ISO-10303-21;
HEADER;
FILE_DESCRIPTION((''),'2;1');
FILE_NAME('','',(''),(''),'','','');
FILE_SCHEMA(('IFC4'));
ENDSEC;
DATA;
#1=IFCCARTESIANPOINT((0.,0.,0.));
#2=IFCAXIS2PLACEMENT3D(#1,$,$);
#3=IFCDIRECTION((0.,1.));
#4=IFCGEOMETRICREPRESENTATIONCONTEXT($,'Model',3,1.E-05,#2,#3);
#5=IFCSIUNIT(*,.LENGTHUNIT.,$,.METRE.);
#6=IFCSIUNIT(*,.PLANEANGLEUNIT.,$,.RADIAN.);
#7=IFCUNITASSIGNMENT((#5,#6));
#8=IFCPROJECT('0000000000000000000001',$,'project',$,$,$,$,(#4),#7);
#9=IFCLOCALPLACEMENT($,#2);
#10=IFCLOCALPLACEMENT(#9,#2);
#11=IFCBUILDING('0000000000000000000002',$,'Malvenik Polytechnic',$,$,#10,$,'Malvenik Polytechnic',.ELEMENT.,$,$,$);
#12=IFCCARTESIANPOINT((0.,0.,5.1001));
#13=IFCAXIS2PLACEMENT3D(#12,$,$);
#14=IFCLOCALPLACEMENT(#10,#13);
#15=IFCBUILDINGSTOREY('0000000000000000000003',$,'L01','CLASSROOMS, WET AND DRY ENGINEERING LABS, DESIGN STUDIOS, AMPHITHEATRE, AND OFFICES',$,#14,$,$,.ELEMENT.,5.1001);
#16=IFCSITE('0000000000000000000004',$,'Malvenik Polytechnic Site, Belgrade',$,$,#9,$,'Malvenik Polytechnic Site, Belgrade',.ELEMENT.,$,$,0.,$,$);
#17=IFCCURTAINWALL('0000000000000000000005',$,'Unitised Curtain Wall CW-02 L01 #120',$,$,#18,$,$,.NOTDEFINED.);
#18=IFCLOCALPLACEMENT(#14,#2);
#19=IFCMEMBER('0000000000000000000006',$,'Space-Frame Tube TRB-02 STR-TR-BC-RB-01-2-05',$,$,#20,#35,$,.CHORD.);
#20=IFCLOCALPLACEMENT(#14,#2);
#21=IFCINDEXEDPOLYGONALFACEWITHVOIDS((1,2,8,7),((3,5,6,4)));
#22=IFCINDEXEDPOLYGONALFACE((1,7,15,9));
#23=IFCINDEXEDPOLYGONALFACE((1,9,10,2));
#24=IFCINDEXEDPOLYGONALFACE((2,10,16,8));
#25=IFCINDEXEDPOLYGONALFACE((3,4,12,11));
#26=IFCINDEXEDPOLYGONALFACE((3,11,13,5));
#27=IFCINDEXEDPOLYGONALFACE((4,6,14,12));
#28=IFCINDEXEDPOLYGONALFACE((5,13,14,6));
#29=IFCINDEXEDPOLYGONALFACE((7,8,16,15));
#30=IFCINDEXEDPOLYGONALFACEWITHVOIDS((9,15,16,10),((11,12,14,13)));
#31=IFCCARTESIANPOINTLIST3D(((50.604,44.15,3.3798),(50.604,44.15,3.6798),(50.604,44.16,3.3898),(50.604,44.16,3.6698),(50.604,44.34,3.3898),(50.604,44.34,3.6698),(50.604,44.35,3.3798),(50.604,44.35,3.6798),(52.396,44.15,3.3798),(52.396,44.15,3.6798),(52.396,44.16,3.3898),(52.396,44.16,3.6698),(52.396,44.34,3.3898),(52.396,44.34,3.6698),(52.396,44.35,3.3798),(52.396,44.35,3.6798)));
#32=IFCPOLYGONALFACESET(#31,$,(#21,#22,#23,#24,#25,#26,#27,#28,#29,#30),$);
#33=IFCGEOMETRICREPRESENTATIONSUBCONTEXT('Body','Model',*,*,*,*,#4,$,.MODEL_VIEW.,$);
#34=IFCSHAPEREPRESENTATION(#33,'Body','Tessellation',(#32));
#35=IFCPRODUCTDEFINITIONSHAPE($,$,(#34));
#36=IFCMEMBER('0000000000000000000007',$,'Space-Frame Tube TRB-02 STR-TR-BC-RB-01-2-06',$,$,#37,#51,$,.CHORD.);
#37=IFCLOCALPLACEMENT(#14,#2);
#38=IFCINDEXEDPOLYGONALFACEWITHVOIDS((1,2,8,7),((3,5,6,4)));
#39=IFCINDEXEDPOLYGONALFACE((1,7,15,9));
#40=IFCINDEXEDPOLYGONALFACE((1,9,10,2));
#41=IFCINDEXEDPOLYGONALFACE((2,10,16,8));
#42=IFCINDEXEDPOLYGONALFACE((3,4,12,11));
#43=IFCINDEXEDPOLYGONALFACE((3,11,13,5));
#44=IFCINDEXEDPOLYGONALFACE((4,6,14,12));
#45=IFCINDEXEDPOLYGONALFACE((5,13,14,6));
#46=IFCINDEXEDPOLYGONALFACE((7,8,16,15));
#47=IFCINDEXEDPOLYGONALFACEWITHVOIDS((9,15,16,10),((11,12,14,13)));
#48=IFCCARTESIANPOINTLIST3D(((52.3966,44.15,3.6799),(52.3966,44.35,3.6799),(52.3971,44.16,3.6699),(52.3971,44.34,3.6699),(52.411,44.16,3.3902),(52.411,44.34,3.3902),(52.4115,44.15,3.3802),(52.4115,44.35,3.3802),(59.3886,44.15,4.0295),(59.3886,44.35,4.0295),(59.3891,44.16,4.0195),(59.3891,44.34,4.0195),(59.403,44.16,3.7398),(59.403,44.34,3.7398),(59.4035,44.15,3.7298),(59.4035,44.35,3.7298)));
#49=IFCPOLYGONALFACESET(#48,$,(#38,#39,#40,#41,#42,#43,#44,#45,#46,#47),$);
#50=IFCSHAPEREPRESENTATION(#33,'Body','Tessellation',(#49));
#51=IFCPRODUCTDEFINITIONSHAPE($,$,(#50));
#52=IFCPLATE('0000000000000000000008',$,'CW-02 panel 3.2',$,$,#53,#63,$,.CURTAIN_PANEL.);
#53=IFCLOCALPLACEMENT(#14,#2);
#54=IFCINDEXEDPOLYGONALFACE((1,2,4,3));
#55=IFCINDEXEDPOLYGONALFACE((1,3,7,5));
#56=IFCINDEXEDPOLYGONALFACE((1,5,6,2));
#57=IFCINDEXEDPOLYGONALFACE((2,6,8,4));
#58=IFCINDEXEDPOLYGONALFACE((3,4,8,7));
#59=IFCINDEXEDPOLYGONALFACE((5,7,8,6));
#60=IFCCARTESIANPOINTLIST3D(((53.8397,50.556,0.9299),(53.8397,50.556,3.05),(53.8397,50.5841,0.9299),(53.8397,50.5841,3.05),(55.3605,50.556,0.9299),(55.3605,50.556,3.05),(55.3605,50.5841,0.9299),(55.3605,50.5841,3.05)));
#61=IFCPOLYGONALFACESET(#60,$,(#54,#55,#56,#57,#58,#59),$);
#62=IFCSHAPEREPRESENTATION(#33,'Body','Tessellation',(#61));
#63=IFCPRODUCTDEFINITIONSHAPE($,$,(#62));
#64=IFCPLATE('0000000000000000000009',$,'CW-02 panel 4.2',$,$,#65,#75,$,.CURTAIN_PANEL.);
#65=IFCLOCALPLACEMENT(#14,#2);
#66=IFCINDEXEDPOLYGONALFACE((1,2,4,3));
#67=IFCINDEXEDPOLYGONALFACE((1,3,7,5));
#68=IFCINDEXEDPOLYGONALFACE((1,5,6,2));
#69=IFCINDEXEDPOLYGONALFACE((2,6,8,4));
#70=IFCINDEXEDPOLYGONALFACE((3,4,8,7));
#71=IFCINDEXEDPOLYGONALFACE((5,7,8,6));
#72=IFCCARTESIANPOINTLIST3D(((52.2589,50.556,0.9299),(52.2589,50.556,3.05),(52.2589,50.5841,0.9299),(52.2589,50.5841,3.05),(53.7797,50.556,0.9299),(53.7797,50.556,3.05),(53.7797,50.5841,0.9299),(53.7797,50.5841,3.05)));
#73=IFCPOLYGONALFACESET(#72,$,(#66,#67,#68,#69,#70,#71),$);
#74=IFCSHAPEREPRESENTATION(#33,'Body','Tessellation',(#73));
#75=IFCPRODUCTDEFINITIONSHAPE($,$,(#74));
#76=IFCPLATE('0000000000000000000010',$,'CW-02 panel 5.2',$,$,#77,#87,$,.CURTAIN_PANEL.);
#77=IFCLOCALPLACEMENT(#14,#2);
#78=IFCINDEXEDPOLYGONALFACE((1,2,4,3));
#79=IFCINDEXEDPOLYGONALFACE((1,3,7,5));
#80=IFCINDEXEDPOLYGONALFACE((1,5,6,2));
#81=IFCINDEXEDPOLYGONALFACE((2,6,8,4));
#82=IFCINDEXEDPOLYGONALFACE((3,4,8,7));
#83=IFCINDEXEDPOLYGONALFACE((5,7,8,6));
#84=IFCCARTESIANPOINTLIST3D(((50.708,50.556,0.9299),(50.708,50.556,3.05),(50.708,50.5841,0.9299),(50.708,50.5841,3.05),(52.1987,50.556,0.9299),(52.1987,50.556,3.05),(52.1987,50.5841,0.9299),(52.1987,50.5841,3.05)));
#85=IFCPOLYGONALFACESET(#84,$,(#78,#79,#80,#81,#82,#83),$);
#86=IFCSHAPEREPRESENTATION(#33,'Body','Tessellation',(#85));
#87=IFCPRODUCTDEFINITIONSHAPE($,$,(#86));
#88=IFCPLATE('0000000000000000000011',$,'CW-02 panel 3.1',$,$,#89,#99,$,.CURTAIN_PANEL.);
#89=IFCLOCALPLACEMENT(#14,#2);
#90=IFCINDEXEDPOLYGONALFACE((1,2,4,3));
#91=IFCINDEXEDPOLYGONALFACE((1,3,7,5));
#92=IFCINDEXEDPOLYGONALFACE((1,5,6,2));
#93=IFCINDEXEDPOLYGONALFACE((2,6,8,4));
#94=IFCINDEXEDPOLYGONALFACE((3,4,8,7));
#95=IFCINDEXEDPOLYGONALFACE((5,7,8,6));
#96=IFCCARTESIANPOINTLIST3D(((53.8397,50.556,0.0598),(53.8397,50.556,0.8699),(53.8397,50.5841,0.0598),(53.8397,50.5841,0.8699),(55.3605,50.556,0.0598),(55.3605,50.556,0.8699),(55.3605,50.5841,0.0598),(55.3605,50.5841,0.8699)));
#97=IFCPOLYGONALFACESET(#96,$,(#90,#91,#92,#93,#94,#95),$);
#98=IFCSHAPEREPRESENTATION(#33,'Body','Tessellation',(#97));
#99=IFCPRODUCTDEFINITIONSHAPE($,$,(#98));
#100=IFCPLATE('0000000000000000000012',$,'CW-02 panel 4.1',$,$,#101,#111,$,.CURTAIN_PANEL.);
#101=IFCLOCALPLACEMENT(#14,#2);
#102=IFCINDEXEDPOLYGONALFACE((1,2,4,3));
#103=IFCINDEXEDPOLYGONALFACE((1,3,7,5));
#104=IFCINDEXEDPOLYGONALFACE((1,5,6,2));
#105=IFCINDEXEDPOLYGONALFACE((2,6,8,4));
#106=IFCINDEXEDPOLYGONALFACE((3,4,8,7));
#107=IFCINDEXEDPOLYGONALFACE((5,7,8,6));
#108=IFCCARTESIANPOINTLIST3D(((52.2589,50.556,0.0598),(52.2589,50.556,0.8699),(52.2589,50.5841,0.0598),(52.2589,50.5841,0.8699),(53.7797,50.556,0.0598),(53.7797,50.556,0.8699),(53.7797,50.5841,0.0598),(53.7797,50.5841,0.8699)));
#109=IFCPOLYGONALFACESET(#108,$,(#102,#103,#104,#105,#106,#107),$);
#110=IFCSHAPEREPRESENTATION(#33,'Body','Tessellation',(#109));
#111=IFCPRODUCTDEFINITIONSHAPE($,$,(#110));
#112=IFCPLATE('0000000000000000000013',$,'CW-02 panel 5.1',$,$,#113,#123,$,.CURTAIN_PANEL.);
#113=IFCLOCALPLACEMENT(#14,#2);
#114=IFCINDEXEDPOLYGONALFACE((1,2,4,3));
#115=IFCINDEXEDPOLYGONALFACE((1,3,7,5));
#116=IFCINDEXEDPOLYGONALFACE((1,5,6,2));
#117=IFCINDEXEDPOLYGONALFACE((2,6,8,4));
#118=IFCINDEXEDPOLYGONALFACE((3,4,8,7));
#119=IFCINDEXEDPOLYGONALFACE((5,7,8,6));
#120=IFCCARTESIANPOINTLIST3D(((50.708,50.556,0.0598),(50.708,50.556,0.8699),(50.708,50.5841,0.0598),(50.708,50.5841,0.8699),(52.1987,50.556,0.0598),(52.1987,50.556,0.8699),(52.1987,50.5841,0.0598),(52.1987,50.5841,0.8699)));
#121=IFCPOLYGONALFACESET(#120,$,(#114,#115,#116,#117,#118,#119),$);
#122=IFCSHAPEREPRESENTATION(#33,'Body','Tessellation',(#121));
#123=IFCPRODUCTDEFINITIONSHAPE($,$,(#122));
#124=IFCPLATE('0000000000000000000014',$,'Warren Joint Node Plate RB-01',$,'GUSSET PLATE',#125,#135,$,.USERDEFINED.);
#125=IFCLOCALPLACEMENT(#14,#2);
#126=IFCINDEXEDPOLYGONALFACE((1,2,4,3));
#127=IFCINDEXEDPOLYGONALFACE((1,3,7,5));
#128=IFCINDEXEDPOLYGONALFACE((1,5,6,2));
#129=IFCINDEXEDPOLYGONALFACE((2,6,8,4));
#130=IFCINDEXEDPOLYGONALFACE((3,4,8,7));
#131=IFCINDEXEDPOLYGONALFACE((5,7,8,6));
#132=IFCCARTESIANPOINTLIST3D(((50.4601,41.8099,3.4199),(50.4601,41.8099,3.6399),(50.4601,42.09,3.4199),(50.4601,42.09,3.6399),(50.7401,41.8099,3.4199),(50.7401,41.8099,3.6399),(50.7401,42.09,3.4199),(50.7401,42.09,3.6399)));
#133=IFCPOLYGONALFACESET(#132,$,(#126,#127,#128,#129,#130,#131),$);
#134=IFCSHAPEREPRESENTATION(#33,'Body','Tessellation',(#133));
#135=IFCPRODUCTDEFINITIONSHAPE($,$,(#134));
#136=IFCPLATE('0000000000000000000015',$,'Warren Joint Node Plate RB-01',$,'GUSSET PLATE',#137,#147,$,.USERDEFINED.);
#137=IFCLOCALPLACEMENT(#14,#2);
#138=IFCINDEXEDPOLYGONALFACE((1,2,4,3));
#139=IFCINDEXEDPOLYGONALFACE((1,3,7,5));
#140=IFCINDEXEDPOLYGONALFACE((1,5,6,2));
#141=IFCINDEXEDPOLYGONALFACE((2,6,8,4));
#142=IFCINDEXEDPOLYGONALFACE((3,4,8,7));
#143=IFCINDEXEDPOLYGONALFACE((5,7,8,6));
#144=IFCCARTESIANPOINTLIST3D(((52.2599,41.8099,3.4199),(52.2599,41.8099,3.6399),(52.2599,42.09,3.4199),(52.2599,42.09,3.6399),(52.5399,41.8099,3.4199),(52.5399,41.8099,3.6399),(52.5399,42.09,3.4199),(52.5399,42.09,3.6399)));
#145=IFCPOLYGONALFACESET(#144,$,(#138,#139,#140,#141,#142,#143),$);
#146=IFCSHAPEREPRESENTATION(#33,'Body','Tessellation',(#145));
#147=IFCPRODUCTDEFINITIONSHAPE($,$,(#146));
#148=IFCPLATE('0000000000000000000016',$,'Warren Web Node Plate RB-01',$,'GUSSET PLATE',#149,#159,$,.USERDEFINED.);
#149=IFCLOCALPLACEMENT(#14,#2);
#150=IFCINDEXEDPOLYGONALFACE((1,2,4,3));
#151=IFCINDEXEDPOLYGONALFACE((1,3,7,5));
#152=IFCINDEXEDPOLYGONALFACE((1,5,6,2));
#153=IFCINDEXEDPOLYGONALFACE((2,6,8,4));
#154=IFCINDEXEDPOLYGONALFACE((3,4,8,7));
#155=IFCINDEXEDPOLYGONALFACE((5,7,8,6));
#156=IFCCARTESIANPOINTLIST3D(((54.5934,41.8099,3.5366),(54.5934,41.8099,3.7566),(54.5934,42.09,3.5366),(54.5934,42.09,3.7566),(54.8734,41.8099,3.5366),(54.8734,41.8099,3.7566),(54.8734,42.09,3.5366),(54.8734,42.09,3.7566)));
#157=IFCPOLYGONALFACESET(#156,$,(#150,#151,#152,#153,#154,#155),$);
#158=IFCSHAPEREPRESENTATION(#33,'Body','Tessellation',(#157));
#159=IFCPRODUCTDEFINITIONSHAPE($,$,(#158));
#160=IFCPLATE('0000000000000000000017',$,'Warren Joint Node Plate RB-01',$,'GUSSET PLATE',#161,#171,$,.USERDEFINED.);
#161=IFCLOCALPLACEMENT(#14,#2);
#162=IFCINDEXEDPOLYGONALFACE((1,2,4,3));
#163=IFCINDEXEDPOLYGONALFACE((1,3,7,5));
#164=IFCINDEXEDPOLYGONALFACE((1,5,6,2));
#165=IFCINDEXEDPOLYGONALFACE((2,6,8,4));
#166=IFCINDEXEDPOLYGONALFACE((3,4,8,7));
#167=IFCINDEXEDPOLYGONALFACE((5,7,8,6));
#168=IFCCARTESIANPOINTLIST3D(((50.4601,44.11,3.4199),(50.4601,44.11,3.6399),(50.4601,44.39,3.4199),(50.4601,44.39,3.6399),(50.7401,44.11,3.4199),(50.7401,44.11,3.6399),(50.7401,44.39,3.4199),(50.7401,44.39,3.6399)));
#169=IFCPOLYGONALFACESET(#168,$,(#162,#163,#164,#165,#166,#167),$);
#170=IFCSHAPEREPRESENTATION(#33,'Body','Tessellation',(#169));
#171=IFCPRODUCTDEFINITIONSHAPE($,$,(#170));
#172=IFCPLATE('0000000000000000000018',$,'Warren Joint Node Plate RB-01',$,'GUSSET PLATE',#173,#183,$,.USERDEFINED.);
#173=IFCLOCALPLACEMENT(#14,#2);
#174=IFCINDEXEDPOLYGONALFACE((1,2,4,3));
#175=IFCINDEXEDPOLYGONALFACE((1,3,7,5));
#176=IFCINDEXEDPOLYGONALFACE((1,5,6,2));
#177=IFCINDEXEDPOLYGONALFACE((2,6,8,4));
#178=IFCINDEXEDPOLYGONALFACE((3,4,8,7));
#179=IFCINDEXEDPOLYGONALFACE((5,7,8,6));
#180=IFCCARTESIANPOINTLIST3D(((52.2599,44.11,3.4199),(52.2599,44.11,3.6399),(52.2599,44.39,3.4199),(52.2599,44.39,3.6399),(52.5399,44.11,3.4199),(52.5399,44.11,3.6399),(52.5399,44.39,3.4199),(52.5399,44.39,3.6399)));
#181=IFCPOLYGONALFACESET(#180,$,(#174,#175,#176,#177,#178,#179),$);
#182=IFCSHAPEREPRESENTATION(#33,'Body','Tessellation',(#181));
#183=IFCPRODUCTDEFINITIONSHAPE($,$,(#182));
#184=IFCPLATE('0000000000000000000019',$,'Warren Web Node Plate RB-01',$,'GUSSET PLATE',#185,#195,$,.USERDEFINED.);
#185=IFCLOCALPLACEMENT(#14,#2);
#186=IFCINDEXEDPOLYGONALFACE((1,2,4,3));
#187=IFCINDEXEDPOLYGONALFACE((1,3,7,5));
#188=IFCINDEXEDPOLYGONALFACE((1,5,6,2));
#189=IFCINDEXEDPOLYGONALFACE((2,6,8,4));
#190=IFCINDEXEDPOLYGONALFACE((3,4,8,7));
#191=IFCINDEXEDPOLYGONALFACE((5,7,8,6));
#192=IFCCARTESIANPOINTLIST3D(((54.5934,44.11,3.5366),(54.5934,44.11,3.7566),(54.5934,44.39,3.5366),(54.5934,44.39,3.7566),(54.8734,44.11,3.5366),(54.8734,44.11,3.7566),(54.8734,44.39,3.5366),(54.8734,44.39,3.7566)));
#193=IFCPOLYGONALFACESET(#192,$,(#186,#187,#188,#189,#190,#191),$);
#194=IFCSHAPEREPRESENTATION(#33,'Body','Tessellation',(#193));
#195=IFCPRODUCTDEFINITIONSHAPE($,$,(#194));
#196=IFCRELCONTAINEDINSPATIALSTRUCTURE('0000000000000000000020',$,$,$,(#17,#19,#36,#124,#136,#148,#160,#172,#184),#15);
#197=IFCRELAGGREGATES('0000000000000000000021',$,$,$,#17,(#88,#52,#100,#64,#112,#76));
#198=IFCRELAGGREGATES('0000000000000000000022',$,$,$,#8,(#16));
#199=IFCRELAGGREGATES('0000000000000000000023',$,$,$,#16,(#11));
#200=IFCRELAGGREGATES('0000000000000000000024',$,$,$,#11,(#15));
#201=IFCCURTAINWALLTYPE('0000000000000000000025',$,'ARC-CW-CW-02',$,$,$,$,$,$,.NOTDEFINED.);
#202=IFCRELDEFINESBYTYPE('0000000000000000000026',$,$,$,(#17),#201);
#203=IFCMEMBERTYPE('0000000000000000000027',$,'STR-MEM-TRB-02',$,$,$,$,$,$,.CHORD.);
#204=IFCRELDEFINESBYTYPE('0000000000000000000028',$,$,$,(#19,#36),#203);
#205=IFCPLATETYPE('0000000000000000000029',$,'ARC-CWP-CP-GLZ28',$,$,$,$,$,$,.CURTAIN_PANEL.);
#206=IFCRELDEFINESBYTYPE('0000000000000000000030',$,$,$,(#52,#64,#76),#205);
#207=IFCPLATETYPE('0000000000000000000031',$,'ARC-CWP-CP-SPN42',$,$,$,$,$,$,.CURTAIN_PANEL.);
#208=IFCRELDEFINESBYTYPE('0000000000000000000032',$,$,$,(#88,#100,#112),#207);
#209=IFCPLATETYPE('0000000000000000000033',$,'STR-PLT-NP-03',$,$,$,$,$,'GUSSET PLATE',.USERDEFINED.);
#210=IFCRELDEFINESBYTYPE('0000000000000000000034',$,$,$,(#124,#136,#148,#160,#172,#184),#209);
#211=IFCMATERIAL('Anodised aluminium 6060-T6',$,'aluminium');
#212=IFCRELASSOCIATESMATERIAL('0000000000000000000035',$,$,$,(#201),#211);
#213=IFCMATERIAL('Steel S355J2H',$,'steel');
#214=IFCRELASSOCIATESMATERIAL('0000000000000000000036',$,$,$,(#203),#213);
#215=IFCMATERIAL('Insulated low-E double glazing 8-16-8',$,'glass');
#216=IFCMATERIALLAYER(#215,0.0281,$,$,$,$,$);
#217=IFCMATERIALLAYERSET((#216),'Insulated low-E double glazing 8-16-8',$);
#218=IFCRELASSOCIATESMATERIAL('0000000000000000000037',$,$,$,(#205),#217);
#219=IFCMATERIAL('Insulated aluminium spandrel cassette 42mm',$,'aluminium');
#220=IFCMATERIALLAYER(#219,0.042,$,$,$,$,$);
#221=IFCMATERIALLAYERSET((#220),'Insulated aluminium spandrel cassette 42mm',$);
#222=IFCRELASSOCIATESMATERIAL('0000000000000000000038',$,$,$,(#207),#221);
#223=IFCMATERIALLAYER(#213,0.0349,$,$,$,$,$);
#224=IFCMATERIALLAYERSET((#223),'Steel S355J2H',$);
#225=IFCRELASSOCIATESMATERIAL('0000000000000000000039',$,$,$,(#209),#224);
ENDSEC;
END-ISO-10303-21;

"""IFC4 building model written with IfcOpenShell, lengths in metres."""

from ifc_helpers import new_model, si_unit, direction, frame, origin, origin_2d, place, context, subcontext, project, spatial, rectangle, hollow_rectangle, extrude, material, layer, layer_set, material_profile, profile_set, type_object, element, aggregate, save


model = new_model("IFC4")

# Units and contexts
model_context = context("Model", 3, precision=1e-05, world=origin(), true_north=direction((0.0, 1.0)))
body_context = subcontext(model_context, "Body", "Model", "MODEL_VIEW")
ifc_project = project(units=[si_unit("LENGTHUNIT", "METRE"), si_unit("PLANEANGLEUNIT", "RADIAN")], contexts=[model_context])

# Site, building, storey
site_placement = place(None, origin())
site = spatial("IfcSite", under=ifc_project, at=site_placement, Name="Malvenik Polytechnic Site, Belgrade", LongName="Malvenik Polytechnic Site, Belgrade", CompositionType="ELEMENT", RefElevation=0.0)
building_placement = place(site_placement, origin())
building = spatial("IfcBuilding", under=site, at=building_placement, Name="Malvenik Polytechnic", LongName="Malvenik Polytechnic", CompositionType="ELEMENT")
storey_placement = place(building_placement, frame((0.0, 0.0, 5.1001)))
storey = spatial("IfcBuildingStorey", under=building, at=storey_placement, Name="L01", Description="CLASSROOMS, WET AND DRY ENGINEERING LABS, DESIGN STUDIOS, AMPHITHEATRE, AND OFFICES", CompositionType="ELEMENT", Elevation=5.1001)

# Shared definitions
ifc_material_1 = material(Name="Steel S355J2H", Category="steel")

# Shared definitions
ifc_material_2 = material(Name="Anodised aluminium 6060-T6", Category="aluminium")

# Curtain wall
curtain_wall_type_1 = type_object("IfcCurtainWallType", Name="ARC-CW-CW-02", PredefinedType="NOTDEFINED", material=ifc_material_2)
curtain_wall_1_placement = place(storey_placement, origin())
curtain_wall_1 = element("IfcCurtainWall", 1, at=curtain_wall_1_placement, inside=storey, type_object=curtain_wall_type_1, Name="Unitised Curtain Wall CW-02 L01 #120", PredefinedType="NOTDEFINED")

# Members
ifc_material_profile_1 = material_profile(ifc_material_1, hollow_rectangle(XDim=0.2, YDim=0.3, WallThickness=0.01, at=origin_2d()), Name="RHS 300x200x10.0")
ifc_profile_set_1 = profile_set([ifc_material_profile_1], Name="Steel S355J2H")
member_type_1 = type_object("IfcMemberType", Name="STR-MEM-TRB-02", PredefinedType="CHORD", material=ifc_profile_set_1)
member_1_placement = place(storey_placement, frame((50.604, 44.25, 3.5298), z_axis=(1.0, 0.0, 0.0), x_axis=(0.0, 1.0, 0.0)))
element("IfcMember", 2, at=member_1_placement, inside=storey, type_object=member_type_1, Name="Space-Frame Tube TRB-02 STR-TR-BC-RB-01-2-05", PredefinedType="CHORD", context=body_context, shape_type="SweptSolid", body=[
    extrude(hollow_rectangle(XDim=0.2, YDim=0.3, WallThickness=0.01, at=origin_2d()), origin(), (0.0, 0.0, 1.0), 1.792),
])
member_2_placement = place(storey_placement, frame((52.4041, 44.25, 3.53), z_axis=(0.998752, 0.0, 0.049939), x_axis=(0.0, 1.0, 0.0)))
element("IfcMember", 3, at=member_2_placement, inside=storey, type_object=member_type_1, Name="Space-Frame Tube TRB-02 STR-TR-BC-RB-01-2-06", PredefinedType="CHORD", context=body_context, shape_type="SweptSolid", body=[
    extrude(hollow_rectangle(XDim=0.2, YDim=0.3, WallThickness=0.01, at=origin_2d()), origin(), (0.0, 0.0, 1.0), 7.0007),
])

# Plates
ifc_material_3 = material(Name="Insulated low-E double glazing 8-16-8", Category="glass")
ifc_layer_1 = layer(ifc_material_3, 0.0281)
ifc_layer_set_1 = layer_set([ifc_layer_1], Name="Insulated low-E double glazing 8-16-8")
plate_type_1 = type_object("IfcPlateType", Name="ARC-CWP-CP-GLZ28", PredefinedType="CURTAIN_PANEL", material=ifc_layer_set_1)
plate_1_placement = place(storey_placement, frame((54.6001, 50.5701, 0.9299), z_axis=(0.0, 0.0, 1.0), x_axis=(-1.0, 0.0, 0.0)))
plate_1 = element("IfcPlate", 4, at=plate_1_placement, type_object=plate_type_1, Name="CW-02 panel 3.2", PredefinedType="CURTAIN_PANEL", context=body_context, shape_type="SweptSolid", body=[
    extrude(rectangle(XDim=1.5208, YDim=0.0281, at=origin_2d()), origin(), (0.0, 0.0, 1.0), 2.1201),
])
plate_2_placement = place(storey_placement, frame((53.0193, 50.5701, 0.9299), z_axis=(0.0, 0.0, 1.0), x_axis=(-1.0, 0.0, 0.0)))
plate_2 = element("IfcPlate", 5, at=plate_2_placement, type_object=plate_type_1, Name="CW-02 panel 4.2", PredefinedType="CURTAIN_PANEL", context=body_context, shape_type="SweptSolid", body=[
    extrude(rectangle(XDim=1.5208, YDim=0.0281, at=origin_2d()), origin(), (0.0, 0.0, 1.0), 2.1201),
])
plate_3_placement = place(storey_placement, frame((51.4534, 50.5701, 0.9299), z_axis=(0.0, 0.0, 1.0), x_axis=(-1.0, 0.0, 0.0)))
plate_3 = element("IfcPlate", 6, at=plate_3_placement, type_object=plate_type_1, Name="CW-02 panel 5.2", PredefinedType="CURTAIN_PANEL", context=body_context, shape_type="SweptSolid", body=[
    extrude(rectangle(XDim=1.4907, YDim=0.0281, at=origin_2d()), origin(), (0.0, 0.0, 1.0), 2.1201),
])
ifc_material_4 = material(Name="Insulated aluminium spandrel cassette 42mm", Category="aluminium")
ifc_layer_2 = layer(ifc_material_4, 0.042)
ifc_layer_set_2 = layer_set([ifc_layer_2], Name="Insulated aluminium spandrel cassette 42mm")
plate_type_2 = type_object("IfcPlateType", Name="ARC-CWP-CP-SPN42", PredefinedType="CURTAIN_PANEL", material=ifc_layer_set_2)
plate_4_placement = place(storey_placement, frame((54.6001, 50.5701, 0.0598), z_axis=(0.0, 0.0, 1.0), x_axis=(-1.0, 0.0, 0.0)))
plate_4 = element("IfcPlate", 7, at=plate_4_placement, type_object=plate_type_2, Name="CW-02 panel 3.1", PredefinedType="CURTAIN_PANEL", context=body_context, shape_type="SweptSolid", body=[
    extrude(rectangle(XDim=1.5208, YDim=0.0281, at=origin_2d()), origin(), (0.0, 0.0, 1.0), 0.8101),
])
plate_5_placement = place(storey_placement, frame((53.0193, 50.5701, 0.0598), z_axis=(0.0, 0.0, 1.0), x_axis=(-1.0, 0.0, 0.0)))
plate_5 = element("IfcPlate", 8, at=plate_5_placement, type_object=plate_type_2, Name="CW-02 panel 4.1", PredefinedType="CURTAIN_PANEL", context=body_context, shape_type="SweptSolid", body=[
    extrude(rectangle(XDim=1.5208, YDim=0.0281, at=origin_2d()), origin(), (0.0, 0.0, 1.0), 0.8101),
])
plate_6_placement = place(storey_placement, frame((51.4534, 50.5701, 0.0598), z_axis=(0.0, 0.0, 1.0), x_axis=(-1.0, 0.0, 0.0)))
plate_6 = element("IfcPlate", 9, at=plate_6_placement, type_object=plate_type_2, Name="CW-02 panel 5.1", PredefinedType="CURTAIN_PANEL", context=body_context, shape_type="SweptSolid", body=[
    extrude(rectangle(XDim=1.4907, YDim=0.0281, at=origin_2d()), origin(), (0.0, 0.0, 1.0), 0.8101),
])
aggregate(curtain_wall_1, [plate_4, plate_1, plate_5, plate_2, plate_6, plate_3])

# Plates
ifc_layer_3 = layer(ifc_material_1, 0.0349)
ifc_layer_set_3 = layer_set([ifc_layer_3], Name="Steel S355J2H")
plate_type_3 = type_object("IfcPlateType", Name="STR-PLT-NP-03", ElementType="GUSSET PLATE", PredefinedType="USERDEFINED", material=ifc_layer_set_3)
for number, where, z_axis, x_axis, name in (
    (10, (50.6001, 41.95, 3.4199), (0.0, 0.0, 1.0), (1.0, 0.0, 0.0), "Warren Joint Node Plate RB-01"),
    (11, (52.3999, 41.95, 3.4199), (0.0, 0.0, 1.0), (1.0, 0.0, 0.0), "Warren Joint Node Plate RB-01"),
    (12, (54.7334, 41.95, 3.5366), (0.0, 0.0, 1.0), (1.0, 0.0, 0.0), "Warren Web Node Plate RB-01"),
    (13, (50.6001, 44.25, 3.4199), (0.0, 0.0, 1.0), (1.0, 0.0, 0.0), "Warren Joint Node Plate RB-01"),
    (14, (52.3999, 44.25, 3.4199), (0.0, 0.0, 1.0), (1.0, 0.0, 0.0), "Warren Joint Node Plate RB-01"),
    (15, (54.7334, 44.25, 3.5366), (0.0, 0.0, 1.0), (1.0, 0.0, 0.0), "Warren Web Node Plate RB-01"),
):
    element("IfcPlate", number, at=place(storey_placement, frame(where, z_axis=z_axis, x_axis=x_axis)), inside=storey, type_object=plate_type_3, Name=name, ObjectType="GUSSET PLATE", PredefinedType="USERDEFINED", context=body_context, shape_type="SweptSolid", body=[
        extrude(rectangle(XDim=0.28, YDim=0.28, at=origin_2d()), origin(), (0.0, 0.0, 1.0), 0.22),
    ])

save(model, "model.ifc")
